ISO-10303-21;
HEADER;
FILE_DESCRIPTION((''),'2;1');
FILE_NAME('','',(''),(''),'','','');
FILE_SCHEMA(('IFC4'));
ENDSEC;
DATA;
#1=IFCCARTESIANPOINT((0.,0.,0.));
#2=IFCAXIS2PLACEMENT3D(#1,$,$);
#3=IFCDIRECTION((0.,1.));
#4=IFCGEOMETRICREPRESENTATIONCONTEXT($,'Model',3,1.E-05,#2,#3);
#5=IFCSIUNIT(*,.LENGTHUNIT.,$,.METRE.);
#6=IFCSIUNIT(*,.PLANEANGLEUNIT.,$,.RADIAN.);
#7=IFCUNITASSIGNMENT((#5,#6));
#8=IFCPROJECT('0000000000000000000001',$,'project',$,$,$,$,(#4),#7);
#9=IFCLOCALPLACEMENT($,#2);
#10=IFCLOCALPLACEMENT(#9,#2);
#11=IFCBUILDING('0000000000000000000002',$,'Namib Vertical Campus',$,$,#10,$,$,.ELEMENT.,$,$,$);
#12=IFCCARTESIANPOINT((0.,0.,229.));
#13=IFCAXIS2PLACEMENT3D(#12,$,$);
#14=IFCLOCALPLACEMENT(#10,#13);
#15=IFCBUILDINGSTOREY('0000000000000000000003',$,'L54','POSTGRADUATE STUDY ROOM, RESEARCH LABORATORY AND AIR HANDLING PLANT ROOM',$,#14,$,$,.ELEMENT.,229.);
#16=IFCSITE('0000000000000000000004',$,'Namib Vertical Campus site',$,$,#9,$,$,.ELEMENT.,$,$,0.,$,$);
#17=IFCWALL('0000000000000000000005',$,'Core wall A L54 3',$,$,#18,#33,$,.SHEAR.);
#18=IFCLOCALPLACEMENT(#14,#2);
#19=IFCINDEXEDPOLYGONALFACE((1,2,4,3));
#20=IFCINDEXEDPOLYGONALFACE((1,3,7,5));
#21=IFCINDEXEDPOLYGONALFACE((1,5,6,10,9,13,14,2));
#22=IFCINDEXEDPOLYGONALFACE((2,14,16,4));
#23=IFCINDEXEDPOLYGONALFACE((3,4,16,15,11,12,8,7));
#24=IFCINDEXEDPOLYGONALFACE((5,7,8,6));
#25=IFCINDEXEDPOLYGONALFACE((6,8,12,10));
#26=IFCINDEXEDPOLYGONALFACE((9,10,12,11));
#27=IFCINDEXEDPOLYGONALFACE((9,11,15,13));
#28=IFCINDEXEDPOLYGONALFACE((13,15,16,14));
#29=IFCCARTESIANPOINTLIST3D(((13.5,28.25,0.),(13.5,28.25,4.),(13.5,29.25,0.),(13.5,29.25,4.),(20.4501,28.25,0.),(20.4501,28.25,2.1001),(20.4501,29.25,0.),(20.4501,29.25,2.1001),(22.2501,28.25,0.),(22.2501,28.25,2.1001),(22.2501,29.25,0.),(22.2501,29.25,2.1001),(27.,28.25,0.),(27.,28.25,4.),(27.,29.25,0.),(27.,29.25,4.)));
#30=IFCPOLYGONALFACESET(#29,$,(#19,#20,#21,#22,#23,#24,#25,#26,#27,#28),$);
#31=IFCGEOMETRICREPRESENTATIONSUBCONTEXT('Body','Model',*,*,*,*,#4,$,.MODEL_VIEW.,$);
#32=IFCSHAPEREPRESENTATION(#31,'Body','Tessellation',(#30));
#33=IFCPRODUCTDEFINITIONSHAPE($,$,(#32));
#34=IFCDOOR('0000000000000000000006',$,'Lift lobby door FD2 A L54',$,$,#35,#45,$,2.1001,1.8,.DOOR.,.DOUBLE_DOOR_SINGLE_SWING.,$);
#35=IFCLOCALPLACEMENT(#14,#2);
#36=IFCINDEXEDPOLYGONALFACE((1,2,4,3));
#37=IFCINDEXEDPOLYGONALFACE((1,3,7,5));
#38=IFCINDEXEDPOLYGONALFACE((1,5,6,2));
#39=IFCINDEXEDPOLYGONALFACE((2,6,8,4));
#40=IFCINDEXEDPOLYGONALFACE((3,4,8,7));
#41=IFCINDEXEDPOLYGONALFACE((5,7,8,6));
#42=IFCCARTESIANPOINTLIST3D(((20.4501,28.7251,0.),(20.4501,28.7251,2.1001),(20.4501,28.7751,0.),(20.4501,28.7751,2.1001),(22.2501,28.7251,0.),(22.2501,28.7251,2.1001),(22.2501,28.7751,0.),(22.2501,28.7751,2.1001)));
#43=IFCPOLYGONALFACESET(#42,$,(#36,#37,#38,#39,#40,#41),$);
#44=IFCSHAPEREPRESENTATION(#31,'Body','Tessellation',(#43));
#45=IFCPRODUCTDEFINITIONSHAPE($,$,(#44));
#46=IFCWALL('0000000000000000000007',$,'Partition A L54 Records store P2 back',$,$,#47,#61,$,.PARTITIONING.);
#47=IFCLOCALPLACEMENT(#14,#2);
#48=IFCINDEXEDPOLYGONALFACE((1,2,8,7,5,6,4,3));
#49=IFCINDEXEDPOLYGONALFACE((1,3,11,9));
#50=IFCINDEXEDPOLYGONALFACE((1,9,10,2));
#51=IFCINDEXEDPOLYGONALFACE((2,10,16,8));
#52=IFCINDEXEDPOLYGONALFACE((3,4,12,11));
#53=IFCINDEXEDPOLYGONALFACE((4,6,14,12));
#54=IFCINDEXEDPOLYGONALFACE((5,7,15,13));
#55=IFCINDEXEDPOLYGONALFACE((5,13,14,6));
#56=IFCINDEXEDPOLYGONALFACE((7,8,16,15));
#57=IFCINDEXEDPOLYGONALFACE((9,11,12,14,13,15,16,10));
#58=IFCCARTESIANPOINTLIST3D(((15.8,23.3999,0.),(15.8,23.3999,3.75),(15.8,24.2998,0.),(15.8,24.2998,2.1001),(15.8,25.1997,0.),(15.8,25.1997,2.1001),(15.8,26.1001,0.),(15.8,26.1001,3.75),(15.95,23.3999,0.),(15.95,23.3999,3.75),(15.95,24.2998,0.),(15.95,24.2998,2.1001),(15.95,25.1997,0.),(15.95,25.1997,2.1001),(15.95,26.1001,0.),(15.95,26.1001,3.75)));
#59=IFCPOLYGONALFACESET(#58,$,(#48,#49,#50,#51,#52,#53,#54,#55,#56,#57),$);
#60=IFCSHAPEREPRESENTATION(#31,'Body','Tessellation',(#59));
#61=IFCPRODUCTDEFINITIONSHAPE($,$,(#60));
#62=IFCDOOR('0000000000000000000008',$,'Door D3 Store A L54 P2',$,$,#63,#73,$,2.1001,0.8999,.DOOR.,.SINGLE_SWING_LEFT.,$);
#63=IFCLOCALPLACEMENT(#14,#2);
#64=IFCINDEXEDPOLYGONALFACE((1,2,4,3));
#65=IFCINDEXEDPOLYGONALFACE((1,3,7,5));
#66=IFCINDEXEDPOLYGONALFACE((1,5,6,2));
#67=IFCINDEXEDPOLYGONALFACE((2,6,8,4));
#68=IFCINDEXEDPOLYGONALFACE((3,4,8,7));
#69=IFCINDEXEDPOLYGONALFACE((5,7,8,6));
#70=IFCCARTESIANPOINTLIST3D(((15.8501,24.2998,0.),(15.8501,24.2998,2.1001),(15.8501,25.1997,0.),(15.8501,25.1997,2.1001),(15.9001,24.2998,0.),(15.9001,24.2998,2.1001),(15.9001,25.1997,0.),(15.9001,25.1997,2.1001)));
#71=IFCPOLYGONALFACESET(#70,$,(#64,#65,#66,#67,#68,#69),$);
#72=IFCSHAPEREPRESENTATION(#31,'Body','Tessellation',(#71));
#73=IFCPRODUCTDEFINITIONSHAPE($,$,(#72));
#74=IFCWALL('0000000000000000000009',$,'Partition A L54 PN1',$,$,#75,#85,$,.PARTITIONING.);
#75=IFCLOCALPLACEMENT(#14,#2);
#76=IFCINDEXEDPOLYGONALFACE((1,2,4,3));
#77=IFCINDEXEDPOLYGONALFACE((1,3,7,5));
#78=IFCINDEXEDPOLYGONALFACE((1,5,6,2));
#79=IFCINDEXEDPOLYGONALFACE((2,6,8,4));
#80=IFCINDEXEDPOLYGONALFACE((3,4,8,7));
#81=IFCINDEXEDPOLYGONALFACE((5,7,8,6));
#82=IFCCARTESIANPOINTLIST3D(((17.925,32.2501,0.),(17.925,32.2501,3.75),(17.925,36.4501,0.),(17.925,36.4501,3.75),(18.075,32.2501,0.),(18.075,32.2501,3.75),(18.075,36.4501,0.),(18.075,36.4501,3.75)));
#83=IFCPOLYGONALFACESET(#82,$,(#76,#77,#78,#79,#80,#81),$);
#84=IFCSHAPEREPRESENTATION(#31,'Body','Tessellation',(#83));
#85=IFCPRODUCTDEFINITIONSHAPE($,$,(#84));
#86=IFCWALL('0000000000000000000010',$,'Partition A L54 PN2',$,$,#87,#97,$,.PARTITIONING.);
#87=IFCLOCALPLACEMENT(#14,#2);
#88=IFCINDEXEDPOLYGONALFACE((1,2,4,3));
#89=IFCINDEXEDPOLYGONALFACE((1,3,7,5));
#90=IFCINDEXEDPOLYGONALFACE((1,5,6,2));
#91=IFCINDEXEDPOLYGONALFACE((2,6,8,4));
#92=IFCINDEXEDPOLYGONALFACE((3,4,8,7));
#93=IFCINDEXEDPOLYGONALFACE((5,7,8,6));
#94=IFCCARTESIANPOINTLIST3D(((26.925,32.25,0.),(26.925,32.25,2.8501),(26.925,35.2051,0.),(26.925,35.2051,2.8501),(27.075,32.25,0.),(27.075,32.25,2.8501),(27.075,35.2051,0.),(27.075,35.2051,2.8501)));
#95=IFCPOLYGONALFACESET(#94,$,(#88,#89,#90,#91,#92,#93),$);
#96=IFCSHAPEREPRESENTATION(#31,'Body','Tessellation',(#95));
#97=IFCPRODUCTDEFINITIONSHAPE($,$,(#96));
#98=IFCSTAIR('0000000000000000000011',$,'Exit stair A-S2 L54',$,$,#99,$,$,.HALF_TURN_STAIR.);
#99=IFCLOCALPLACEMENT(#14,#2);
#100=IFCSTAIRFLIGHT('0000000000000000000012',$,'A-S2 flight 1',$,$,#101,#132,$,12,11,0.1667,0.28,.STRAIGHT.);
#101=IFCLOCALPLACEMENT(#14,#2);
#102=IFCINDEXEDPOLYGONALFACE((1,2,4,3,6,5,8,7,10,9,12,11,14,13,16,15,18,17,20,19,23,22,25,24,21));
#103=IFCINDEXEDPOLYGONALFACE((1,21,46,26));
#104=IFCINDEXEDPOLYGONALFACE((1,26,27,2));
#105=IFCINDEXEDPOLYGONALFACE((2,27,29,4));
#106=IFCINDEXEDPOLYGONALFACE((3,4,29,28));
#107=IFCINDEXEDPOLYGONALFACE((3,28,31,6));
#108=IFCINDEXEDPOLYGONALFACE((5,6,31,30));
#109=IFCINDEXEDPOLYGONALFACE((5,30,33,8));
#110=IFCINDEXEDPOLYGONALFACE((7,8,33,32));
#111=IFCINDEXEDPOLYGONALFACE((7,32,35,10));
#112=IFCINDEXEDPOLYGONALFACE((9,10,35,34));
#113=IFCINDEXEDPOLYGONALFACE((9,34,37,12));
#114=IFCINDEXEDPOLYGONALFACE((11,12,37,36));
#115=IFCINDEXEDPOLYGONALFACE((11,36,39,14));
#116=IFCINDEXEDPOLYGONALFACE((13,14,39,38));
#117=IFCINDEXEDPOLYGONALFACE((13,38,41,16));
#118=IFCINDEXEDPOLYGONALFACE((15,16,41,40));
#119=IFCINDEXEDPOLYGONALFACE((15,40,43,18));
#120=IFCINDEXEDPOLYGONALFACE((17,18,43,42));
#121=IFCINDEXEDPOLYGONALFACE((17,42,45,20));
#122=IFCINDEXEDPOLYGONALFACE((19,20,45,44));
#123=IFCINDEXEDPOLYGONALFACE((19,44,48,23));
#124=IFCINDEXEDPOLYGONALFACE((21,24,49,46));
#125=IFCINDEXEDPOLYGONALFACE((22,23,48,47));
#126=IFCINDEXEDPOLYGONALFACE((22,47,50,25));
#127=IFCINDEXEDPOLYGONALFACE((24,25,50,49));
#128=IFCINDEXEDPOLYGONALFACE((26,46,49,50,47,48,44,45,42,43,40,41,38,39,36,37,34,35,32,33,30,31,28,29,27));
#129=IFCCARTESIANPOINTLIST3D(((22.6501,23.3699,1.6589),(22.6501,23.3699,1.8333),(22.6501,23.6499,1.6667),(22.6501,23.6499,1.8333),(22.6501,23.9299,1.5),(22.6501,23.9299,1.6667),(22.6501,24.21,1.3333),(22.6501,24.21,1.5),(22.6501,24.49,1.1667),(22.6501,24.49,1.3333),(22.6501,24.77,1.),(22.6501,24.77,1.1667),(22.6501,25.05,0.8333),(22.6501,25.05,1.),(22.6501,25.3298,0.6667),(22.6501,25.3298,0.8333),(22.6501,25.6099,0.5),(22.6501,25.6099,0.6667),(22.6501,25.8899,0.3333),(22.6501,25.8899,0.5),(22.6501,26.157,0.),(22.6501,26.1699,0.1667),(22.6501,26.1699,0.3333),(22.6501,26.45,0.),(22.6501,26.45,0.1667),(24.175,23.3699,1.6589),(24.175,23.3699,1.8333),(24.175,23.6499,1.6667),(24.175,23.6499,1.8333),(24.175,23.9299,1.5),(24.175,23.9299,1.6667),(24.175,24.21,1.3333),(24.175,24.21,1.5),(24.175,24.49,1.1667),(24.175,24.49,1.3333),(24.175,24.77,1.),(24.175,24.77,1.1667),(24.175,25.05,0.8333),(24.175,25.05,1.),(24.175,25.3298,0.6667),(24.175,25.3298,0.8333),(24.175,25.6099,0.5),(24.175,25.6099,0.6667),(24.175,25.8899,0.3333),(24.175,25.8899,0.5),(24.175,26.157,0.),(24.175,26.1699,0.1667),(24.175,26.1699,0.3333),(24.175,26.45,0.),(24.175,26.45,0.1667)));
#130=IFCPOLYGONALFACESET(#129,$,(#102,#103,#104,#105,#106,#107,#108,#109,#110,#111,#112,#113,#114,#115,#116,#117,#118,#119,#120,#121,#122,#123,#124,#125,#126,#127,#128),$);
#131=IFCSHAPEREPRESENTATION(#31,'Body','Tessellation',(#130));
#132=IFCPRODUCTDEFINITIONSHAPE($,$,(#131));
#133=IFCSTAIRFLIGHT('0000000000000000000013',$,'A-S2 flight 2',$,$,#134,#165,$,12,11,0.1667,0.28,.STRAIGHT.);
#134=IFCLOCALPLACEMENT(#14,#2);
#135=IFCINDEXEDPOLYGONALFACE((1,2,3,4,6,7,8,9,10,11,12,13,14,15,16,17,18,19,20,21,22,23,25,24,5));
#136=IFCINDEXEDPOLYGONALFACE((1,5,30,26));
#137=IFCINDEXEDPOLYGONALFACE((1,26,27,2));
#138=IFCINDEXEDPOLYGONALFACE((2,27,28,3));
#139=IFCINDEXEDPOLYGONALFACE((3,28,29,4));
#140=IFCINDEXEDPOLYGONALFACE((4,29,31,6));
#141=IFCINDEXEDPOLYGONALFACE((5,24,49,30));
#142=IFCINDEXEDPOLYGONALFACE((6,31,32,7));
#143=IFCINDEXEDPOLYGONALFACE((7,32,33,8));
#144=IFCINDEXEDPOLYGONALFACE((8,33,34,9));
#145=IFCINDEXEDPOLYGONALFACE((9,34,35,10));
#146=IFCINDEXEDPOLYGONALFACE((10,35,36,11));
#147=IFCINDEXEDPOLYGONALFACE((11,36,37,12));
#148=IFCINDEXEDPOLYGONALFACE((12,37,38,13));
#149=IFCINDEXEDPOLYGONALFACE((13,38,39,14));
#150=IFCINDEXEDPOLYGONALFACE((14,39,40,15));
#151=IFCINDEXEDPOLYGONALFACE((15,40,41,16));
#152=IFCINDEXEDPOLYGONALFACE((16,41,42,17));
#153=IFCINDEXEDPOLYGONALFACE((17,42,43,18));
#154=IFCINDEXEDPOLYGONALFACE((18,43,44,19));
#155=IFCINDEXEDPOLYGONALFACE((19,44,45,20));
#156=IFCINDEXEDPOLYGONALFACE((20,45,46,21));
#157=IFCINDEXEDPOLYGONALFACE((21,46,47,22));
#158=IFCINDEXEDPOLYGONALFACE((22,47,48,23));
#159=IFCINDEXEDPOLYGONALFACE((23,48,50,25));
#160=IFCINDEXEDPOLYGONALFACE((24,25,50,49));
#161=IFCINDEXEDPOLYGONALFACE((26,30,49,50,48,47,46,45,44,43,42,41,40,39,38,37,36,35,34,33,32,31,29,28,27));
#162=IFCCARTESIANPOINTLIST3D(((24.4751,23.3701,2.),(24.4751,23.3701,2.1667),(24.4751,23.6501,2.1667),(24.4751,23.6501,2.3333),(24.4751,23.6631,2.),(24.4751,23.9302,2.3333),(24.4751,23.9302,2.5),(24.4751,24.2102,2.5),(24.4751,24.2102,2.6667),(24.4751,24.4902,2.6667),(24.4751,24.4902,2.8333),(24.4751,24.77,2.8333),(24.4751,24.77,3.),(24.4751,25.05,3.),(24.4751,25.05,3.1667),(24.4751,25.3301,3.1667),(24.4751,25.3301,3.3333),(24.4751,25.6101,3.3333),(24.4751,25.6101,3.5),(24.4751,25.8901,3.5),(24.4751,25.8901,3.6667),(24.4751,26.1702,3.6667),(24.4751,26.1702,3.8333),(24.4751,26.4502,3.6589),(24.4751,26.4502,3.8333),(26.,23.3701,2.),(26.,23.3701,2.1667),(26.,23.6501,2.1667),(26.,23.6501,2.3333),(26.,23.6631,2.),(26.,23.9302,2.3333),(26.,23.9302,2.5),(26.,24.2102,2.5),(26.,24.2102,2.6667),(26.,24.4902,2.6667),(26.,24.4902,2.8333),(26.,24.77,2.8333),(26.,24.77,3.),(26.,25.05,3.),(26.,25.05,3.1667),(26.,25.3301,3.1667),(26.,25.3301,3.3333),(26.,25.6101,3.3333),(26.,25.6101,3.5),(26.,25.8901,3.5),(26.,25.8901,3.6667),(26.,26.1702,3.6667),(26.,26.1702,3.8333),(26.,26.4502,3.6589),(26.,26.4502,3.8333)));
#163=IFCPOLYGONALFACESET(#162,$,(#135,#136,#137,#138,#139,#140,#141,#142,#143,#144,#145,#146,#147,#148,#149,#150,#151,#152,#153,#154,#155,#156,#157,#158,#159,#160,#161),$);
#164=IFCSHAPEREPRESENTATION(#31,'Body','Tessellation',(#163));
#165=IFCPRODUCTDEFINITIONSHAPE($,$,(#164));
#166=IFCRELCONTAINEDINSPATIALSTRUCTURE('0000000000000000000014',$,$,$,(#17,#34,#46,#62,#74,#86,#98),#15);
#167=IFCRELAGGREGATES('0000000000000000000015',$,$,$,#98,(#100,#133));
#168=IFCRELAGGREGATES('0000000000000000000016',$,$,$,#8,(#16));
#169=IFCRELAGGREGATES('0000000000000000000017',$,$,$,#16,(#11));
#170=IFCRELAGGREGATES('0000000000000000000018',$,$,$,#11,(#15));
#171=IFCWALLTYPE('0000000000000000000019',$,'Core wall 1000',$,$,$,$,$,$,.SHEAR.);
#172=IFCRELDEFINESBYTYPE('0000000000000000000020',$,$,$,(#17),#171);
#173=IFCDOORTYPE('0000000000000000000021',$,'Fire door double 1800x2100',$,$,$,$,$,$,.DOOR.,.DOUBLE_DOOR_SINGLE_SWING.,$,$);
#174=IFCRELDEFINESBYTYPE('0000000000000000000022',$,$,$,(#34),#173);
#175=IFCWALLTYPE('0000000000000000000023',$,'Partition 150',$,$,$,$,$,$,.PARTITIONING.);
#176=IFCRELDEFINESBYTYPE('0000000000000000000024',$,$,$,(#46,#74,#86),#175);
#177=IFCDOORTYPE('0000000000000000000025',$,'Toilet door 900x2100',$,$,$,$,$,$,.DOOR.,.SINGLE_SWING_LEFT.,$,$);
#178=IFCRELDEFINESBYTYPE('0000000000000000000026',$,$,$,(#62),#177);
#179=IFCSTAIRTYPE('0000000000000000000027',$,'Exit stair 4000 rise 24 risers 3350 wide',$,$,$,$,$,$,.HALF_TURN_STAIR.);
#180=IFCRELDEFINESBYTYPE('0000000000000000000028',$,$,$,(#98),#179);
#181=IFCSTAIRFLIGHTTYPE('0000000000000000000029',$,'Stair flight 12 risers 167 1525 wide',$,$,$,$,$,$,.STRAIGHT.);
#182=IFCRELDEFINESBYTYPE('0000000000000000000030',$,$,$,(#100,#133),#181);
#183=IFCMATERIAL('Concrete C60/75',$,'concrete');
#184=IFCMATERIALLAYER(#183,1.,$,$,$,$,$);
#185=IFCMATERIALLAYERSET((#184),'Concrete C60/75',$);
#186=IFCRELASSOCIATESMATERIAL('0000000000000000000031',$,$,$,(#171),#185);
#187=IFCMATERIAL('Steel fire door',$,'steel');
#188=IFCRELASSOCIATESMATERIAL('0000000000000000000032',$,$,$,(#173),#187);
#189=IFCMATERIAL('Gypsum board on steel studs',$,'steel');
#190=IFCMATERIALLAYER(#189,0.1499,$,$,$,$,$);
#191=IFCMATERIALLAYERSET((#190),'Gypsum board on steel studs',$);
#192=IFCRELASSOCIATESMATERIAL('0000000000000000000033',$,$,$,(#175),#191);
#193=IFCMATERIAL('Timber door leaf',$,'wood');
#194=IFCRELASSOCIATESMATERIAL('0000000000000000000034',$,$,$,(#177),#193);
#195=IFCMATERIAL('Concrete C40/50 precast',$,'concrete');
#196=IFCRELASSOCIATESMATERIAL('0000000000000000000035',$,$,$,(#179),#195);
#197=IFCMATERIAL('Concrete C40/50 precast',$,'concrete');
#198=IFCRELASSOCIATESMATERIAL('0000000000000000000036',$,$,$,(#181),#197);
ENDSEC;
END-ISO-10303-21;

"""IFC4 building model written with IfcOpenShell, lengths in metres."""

from ifc_helpers import new_model, si_unit, direction, frame, frame_2d, origin, place, context, subcontext, project, spatial, polyline, rectangle, outline, extrude, material, layer, layer_set, type_object, element, fill, aggregate, save


model = new_model("IFC4")

# Units and contexts
model_context = context("Model", 3, precision=1e-05, world=origin(), true_north=direction((0.0, 1.0)))
body_context = subcontext(model_context, "Body", "Model", "MODEL_VIEW")
ifc_project = project(units=[si_unit("LENGTHUNIT", "METRE"), si_unit("PLANEANGLEUNIT", "RADIAN")], contexts=[model_context])

# Site, building, storey
site_placement = place(None, origin())
site = spatial("IfcSite", under=ifc_project, at=site_placement, Name="Namib Vertical Campus site", CompositionType="ELEMENT", RefElevation=0.0)
building_placement = place(site_placement, origin())
building = spatial("IfcBuilding", under=site, at=building_placement, Name="Namib Vertical Campus", CompositionType="ELEMENT")
storey_placement = place(building_placement, frame((0.0, 0.0, 229.0)))
storey = spatial("IfcBuildingStorey", under=building, at=storey_placement, Name="L54", Description="POSTGRADUATE STUDY ROOM, RESEARCH LABORATORY AND AIR HANDLING PLANT ROOM", CompositionType="ELEMENT", Elevation=229.0)

# Walls, openings, doors
ifc_material_1 = material(Name="Concrete C60/75", Category="concrete")
ifc_layer_1 = layer(ifc_material_1, 1.0)
ifc_layer_set_1 = layer_set([ifc_layer_1], Name="Concrete C60/75")
wall_type_1 = type_object("IfcWallType", Name="Core wall 1000", PredefinedType="SHEAR", material=ifc_layer_set_1)
wall_1_placement = place(storey_placement, frame((27.0, 28.75, 0.0), z_axis=(0.0, 0.0, 1.0), x_axis=(-1.0, 0.0, 0.0)))
wall_1 = element("IfcWall", 1, at=wall_1_placement, inside=storey, type_object=wall_type_1, Name="Core wall A L54 3", PredefinedType="SHEAR", context=body_context, shape_type="SweptSolid", body=[
    extrude(rectangle(XDim=13.5, YDim=1.0, at=frame_2d((6.75, 0.0))), origin(), (0.0, 0.0, 1.0), 4.0),
])
opening_1_placement = place(wall_1_placement, frame((4.75, 0.0, 0.0)))
opening_1 = element("IfcOpeningElement", 2, at=opening_1_placement, cuts=wall_1, PredefinedType="OPENING", context=body_context, shape_type="SweptSolid", body=[
    extrude(rectangle(XDim=1.8, YDim=2.1001, at=frame_2d((0.8999, 1.05))), frame((0.0, 0.51, 0.0), z_axis=(0.0, -1.0, 0.0), x_axis=(1.0, 0.0, 0.0)), (0.0, 0.0, 1.0), 1.02),
])
ifc_material_2 = material(Name="Steel fire door", Category="steel")
door_type_1 = type_object("IfcDoorType", Name="Fire door double 1800x2100", OperationType="DOUBLE_DOOR_SINGLE_SWING", PredefinedType="DOOR", material=ifc_material_2)
door_1_placement = place(opening_1_placement, origin())
door_1 = element("IfcDoor", 3, at=door_1_placement, inside=storey, type_object=door_type_1, Name="Lift lobby door FD2 A L54", OperationType="DOUBLE_DOOR_SINGLE_SWING", OverallHeight=2.1001, OverallWidth=1.8, PredefinedType="DOOR", context=body_context, shape_type="SweptSolid", body=[
    extrude(rectangle(XDim=1.8, YDim=2.1001, at=frame_2d((0.8999, 1.05))), frame((0.0, 0.0249, 0.0), z_axis=(0.0, -1.0, 0.0), x_axis=(1.0, 0.0, 0.0)), (0.0, 0.0, 1.0), 0.05),
])
fill(opening_1, door_1)
ifc_material_3 = material(Name="Gypsum board on steel studs", Category="steel")
ifc_layer_2 = layer(ifc_material_3, 0.1499)
ifc_layer_set_2 = layer_set([ifc_layer_2], Name="Gypsum board on steel studs")
wall_type_2 = type_object("IfcWallType", Name="Partition 150", PredefinedType="PARTITIONING", material=ifc_layer_set_2)
wall_2_placement = place(storey_placement, frame((15.875, 23.3999, 0.0), z_axis=(0.0, 0.0, 1.0), x_axis=(0.0, 1.0, 0.0)))
wall_2 = element("IfcWall", 4, at=wall_2_placement, inside=storey, type_object=wall_type_2, Name="Partition A L54 Records store P2 back", PredefinedType="PARTITIONING", context=body_context, shape_type="SweptSolid", body=[
    extrude(rectangle(XDim=2.7002, YDim=0.1499, at=frame_2d((1.3501, 0.0))), origin(), (0.0, 0.0, 1.0), 3.75),
])
opening_2_placement = place(wall_2_placement, frame((0.8999, 0.0, 0.0)))
opening_2 = element("IfcOpeningElement", 5, at=opening_2_placement, cuts=wall_2, PredefinedType="OPENING", context=body_context, shape_type="SweptSolid", body=[
    extrude(rectangle(XDim=0.8999, YDim=2.1001, at=frame_2d((0.45, 1.05))), frame((0.0, 0.085, 0.0), z_axis=(0.0, -1.0, 0.0), x_axis=(1.0, 0.0, 0.0)), (0.0, 0.0, 1.0), 0.1699),
])
ifc_material_4 = material(Name="Timber door leaf", Category="wood")
door_type_2 = type_object("IfcDoorType", Name="Toilet door 900x2100", OperationType="SINGLE_SWING_LEFT", PredefinedType="DOOR", material=ifc_material_4)
door_2_placement = place(opening_2_placement, origin())
door_2 = element("IfcDoor", 6, at=door_2_placement, inside=storey, type_object=door_type_2, Name="Door D3 Store A L54 P2", OperationType="SINGLE_SWING_LEFT", OverallHeight=2.1001, OverallWidth=0.8999, PredefinedType="DOOR", context=body_context, shape_type="SweptSolid", body=[
    extrude(rectangle(XDim=0.8999, YDim=2.1001, at=frame_2d((0.45, 1.05))), frame((0.0, 0.0249, 0.0), z_axis=(0.0, -1.0, 0.0), x_axis=(1.0, 0.0, 0.0)), (0.0, 0.0, 1.0), 0.05),
])
fill(opening_2, door_2)

# Walls
wall_3_placement = place(storey_placement, frame((18.0, 32.25, 0.0), z_axis=(0.0, 0.0, 1.0), x_axis=(0.0, 1.0, 0.0)))
element("IfcWall", 7, at=wall_3_placement, inside=storey, type_object=wall_type_2, Name="Partition A L54 PN1", PredefinedType="PARTITIONING", context=body_context, shape_type="SweptSolid", body=[
    extrude(rectangle(XDim=4.2, YDim=0.1499, at=frame_2d((2.1001, 0.0))), origin(), (0.0, 0.0, 1.0), 3.75),
])
wall_4_placement = place(storey_placement, frame((27.0, 32.25, 0.0), z_axis=(0.0, 0.0, 1.0), x_axis=(0.0, 1.0, 0.0)))
element("IfcWall", 8, at=wall_4_placement, inside=storey, type_object=wall_type_2, Name="Partition A L54 PN2", PredefinedType="PARTITIONING", context=body_context, shape_type="SweptSolid", body=[
    extrude(rectangle(XDim=2.9551, YDim=0.1499, at=frame_2d((1.4775, 0.0))), origin(), (0.0, 0.0, 1.0), 2.8501),
])

# Stair, stair flights
ifc_material_5 = material(Name="Concrete C40/50 precast", Category="concrete")
stair_type = type_object("IfcStairType", Name="Exit stair 4000 rise 24 risers 3350 wide", PredefinedType="HALF_TURN_STAIR", material=ifc_material_5)
stair_placement = place(storey_placement, origin())
stair = element("IfcStair", 9, at=stair_placement, inside=storey, type_object=stair_type, Name="Exit stair A-S2 L54", PredefinedType="HALF_TURN_STAIR")
ifc_material_6 = material(Name="Concrete C40/50 precast", Category="concrete")
stair_flight_type = type_object("IfcStairFlightType", Name="Stair flight 12 risers 167 1525 wide", PredefinedType="STRAIGHT", material=ifc_material_6)
stair_flight_1_placement = place(storey_placement, frame((23.4126, 26.45, 0.0), z_axis=(0.0, 0.0, 1.0), x_axis=(0.0, -1.0, 0.0)))
stair_flight_1 = element("IfcStairFlight", 10, at=stair_flight_1_placement, type_object=stair_flight_type, Name="A-S2 flight 1", NumberOfRisers=12, NumberOfTreads=11, PredefinedType="STRAIGHT", RiserHeight=0.1667, TreadLength=0.28, context=body_context, shape_type="SweptSolid", body=[
    extrude(outline(polyline([(0.0, 0.0), (0.0, 0.1667), (0.28, 0.1667), (0.28, 0.3333), (0.5601, 0.3333), (0.5601, 0.5), (0.8401, 0.5), (0.8401, 0.6667), (1.1201, 0.6667), (1.1201, 0.8333), (1.3999, 0.8333), (1.3999, 1.0), (1.6799, 1.0), (1.6799, 1.1667), (1.96, 1.1667), (1.96, 1.3333), (2.24, 1.3333), (2.24, 1.5), (2.52, 1.5), (2.52, 1.6667), (2.8, 1.6667), (2.8, 1.8333), (3.0801, 1.8333), (3.0801, 2.0), (3.0801, 1.6589), (0.293, 0.0), (0.0, 0.0)])), frame((0.0, 0.7625, 0.0), z_axis=(0.0, -1.0, 0.0), x_axis=(1.0, 0.0, 0.0)), (0.0, 0.0, 1.0), 1.5249),
])
stair_flight_2_placement = place(storey_placement, frame((25.2375, 23.3701, 2.0), z_axis=(0.0, 0.0, 1.0), x_axis=(0.0, 1.0, 0.0)))
stair_flight_2 = element("IfcStairFlight", 11, at=stair_flight_2_placement, type_object=stair_flight_type, Name="A-S2 flight 2", NumberOfRisers=12, NumberOfTreads=11, PredefinedType="STRAIGHT", RiserHeight=0.1667, TreadLength=0.28, context=body_context, shape_type="SweptSolid", body=[
    extrude(outline(polyline([(0.0, 0.0), (0.0, 0.1667), (0.28, 0.1667), (0.28, 0.3333), (0.5601, 0.3333), (0.5601, 0.5), (0.8401, 0.5), (0.8401, 0.6667), (1.1201, 0.6667), (1.1201, 0.8333), (1.3999, 0.8333), (1.3999, 1.0), (1.6799, 1.0), (1.6799, 1.1667), (1.96, 1.1667), (1.96, 1.3333), (2.24, 1.3333), (2.24, 1.5), (2.52, 1.5), (2.52, 1.6667), (2.8, 1.6667), (2.8, 1.8333), (3.0801, 1.8333), (3.0801, 2.0), (3.0801, 1.6589), (0.293, 0.0), (0.0, 0.0)])), frame((0.0, 0.7625, 0.0), z_axis=(0.0, -1.0, 0.0), x_axis=(1.0, 0.0, 0.0)), (0.0, 0.0, 1.0), 1.5249),
])
aggregate(stair, [stair_flight_1, stair_flight_2])

save(model, "model.ifc")
